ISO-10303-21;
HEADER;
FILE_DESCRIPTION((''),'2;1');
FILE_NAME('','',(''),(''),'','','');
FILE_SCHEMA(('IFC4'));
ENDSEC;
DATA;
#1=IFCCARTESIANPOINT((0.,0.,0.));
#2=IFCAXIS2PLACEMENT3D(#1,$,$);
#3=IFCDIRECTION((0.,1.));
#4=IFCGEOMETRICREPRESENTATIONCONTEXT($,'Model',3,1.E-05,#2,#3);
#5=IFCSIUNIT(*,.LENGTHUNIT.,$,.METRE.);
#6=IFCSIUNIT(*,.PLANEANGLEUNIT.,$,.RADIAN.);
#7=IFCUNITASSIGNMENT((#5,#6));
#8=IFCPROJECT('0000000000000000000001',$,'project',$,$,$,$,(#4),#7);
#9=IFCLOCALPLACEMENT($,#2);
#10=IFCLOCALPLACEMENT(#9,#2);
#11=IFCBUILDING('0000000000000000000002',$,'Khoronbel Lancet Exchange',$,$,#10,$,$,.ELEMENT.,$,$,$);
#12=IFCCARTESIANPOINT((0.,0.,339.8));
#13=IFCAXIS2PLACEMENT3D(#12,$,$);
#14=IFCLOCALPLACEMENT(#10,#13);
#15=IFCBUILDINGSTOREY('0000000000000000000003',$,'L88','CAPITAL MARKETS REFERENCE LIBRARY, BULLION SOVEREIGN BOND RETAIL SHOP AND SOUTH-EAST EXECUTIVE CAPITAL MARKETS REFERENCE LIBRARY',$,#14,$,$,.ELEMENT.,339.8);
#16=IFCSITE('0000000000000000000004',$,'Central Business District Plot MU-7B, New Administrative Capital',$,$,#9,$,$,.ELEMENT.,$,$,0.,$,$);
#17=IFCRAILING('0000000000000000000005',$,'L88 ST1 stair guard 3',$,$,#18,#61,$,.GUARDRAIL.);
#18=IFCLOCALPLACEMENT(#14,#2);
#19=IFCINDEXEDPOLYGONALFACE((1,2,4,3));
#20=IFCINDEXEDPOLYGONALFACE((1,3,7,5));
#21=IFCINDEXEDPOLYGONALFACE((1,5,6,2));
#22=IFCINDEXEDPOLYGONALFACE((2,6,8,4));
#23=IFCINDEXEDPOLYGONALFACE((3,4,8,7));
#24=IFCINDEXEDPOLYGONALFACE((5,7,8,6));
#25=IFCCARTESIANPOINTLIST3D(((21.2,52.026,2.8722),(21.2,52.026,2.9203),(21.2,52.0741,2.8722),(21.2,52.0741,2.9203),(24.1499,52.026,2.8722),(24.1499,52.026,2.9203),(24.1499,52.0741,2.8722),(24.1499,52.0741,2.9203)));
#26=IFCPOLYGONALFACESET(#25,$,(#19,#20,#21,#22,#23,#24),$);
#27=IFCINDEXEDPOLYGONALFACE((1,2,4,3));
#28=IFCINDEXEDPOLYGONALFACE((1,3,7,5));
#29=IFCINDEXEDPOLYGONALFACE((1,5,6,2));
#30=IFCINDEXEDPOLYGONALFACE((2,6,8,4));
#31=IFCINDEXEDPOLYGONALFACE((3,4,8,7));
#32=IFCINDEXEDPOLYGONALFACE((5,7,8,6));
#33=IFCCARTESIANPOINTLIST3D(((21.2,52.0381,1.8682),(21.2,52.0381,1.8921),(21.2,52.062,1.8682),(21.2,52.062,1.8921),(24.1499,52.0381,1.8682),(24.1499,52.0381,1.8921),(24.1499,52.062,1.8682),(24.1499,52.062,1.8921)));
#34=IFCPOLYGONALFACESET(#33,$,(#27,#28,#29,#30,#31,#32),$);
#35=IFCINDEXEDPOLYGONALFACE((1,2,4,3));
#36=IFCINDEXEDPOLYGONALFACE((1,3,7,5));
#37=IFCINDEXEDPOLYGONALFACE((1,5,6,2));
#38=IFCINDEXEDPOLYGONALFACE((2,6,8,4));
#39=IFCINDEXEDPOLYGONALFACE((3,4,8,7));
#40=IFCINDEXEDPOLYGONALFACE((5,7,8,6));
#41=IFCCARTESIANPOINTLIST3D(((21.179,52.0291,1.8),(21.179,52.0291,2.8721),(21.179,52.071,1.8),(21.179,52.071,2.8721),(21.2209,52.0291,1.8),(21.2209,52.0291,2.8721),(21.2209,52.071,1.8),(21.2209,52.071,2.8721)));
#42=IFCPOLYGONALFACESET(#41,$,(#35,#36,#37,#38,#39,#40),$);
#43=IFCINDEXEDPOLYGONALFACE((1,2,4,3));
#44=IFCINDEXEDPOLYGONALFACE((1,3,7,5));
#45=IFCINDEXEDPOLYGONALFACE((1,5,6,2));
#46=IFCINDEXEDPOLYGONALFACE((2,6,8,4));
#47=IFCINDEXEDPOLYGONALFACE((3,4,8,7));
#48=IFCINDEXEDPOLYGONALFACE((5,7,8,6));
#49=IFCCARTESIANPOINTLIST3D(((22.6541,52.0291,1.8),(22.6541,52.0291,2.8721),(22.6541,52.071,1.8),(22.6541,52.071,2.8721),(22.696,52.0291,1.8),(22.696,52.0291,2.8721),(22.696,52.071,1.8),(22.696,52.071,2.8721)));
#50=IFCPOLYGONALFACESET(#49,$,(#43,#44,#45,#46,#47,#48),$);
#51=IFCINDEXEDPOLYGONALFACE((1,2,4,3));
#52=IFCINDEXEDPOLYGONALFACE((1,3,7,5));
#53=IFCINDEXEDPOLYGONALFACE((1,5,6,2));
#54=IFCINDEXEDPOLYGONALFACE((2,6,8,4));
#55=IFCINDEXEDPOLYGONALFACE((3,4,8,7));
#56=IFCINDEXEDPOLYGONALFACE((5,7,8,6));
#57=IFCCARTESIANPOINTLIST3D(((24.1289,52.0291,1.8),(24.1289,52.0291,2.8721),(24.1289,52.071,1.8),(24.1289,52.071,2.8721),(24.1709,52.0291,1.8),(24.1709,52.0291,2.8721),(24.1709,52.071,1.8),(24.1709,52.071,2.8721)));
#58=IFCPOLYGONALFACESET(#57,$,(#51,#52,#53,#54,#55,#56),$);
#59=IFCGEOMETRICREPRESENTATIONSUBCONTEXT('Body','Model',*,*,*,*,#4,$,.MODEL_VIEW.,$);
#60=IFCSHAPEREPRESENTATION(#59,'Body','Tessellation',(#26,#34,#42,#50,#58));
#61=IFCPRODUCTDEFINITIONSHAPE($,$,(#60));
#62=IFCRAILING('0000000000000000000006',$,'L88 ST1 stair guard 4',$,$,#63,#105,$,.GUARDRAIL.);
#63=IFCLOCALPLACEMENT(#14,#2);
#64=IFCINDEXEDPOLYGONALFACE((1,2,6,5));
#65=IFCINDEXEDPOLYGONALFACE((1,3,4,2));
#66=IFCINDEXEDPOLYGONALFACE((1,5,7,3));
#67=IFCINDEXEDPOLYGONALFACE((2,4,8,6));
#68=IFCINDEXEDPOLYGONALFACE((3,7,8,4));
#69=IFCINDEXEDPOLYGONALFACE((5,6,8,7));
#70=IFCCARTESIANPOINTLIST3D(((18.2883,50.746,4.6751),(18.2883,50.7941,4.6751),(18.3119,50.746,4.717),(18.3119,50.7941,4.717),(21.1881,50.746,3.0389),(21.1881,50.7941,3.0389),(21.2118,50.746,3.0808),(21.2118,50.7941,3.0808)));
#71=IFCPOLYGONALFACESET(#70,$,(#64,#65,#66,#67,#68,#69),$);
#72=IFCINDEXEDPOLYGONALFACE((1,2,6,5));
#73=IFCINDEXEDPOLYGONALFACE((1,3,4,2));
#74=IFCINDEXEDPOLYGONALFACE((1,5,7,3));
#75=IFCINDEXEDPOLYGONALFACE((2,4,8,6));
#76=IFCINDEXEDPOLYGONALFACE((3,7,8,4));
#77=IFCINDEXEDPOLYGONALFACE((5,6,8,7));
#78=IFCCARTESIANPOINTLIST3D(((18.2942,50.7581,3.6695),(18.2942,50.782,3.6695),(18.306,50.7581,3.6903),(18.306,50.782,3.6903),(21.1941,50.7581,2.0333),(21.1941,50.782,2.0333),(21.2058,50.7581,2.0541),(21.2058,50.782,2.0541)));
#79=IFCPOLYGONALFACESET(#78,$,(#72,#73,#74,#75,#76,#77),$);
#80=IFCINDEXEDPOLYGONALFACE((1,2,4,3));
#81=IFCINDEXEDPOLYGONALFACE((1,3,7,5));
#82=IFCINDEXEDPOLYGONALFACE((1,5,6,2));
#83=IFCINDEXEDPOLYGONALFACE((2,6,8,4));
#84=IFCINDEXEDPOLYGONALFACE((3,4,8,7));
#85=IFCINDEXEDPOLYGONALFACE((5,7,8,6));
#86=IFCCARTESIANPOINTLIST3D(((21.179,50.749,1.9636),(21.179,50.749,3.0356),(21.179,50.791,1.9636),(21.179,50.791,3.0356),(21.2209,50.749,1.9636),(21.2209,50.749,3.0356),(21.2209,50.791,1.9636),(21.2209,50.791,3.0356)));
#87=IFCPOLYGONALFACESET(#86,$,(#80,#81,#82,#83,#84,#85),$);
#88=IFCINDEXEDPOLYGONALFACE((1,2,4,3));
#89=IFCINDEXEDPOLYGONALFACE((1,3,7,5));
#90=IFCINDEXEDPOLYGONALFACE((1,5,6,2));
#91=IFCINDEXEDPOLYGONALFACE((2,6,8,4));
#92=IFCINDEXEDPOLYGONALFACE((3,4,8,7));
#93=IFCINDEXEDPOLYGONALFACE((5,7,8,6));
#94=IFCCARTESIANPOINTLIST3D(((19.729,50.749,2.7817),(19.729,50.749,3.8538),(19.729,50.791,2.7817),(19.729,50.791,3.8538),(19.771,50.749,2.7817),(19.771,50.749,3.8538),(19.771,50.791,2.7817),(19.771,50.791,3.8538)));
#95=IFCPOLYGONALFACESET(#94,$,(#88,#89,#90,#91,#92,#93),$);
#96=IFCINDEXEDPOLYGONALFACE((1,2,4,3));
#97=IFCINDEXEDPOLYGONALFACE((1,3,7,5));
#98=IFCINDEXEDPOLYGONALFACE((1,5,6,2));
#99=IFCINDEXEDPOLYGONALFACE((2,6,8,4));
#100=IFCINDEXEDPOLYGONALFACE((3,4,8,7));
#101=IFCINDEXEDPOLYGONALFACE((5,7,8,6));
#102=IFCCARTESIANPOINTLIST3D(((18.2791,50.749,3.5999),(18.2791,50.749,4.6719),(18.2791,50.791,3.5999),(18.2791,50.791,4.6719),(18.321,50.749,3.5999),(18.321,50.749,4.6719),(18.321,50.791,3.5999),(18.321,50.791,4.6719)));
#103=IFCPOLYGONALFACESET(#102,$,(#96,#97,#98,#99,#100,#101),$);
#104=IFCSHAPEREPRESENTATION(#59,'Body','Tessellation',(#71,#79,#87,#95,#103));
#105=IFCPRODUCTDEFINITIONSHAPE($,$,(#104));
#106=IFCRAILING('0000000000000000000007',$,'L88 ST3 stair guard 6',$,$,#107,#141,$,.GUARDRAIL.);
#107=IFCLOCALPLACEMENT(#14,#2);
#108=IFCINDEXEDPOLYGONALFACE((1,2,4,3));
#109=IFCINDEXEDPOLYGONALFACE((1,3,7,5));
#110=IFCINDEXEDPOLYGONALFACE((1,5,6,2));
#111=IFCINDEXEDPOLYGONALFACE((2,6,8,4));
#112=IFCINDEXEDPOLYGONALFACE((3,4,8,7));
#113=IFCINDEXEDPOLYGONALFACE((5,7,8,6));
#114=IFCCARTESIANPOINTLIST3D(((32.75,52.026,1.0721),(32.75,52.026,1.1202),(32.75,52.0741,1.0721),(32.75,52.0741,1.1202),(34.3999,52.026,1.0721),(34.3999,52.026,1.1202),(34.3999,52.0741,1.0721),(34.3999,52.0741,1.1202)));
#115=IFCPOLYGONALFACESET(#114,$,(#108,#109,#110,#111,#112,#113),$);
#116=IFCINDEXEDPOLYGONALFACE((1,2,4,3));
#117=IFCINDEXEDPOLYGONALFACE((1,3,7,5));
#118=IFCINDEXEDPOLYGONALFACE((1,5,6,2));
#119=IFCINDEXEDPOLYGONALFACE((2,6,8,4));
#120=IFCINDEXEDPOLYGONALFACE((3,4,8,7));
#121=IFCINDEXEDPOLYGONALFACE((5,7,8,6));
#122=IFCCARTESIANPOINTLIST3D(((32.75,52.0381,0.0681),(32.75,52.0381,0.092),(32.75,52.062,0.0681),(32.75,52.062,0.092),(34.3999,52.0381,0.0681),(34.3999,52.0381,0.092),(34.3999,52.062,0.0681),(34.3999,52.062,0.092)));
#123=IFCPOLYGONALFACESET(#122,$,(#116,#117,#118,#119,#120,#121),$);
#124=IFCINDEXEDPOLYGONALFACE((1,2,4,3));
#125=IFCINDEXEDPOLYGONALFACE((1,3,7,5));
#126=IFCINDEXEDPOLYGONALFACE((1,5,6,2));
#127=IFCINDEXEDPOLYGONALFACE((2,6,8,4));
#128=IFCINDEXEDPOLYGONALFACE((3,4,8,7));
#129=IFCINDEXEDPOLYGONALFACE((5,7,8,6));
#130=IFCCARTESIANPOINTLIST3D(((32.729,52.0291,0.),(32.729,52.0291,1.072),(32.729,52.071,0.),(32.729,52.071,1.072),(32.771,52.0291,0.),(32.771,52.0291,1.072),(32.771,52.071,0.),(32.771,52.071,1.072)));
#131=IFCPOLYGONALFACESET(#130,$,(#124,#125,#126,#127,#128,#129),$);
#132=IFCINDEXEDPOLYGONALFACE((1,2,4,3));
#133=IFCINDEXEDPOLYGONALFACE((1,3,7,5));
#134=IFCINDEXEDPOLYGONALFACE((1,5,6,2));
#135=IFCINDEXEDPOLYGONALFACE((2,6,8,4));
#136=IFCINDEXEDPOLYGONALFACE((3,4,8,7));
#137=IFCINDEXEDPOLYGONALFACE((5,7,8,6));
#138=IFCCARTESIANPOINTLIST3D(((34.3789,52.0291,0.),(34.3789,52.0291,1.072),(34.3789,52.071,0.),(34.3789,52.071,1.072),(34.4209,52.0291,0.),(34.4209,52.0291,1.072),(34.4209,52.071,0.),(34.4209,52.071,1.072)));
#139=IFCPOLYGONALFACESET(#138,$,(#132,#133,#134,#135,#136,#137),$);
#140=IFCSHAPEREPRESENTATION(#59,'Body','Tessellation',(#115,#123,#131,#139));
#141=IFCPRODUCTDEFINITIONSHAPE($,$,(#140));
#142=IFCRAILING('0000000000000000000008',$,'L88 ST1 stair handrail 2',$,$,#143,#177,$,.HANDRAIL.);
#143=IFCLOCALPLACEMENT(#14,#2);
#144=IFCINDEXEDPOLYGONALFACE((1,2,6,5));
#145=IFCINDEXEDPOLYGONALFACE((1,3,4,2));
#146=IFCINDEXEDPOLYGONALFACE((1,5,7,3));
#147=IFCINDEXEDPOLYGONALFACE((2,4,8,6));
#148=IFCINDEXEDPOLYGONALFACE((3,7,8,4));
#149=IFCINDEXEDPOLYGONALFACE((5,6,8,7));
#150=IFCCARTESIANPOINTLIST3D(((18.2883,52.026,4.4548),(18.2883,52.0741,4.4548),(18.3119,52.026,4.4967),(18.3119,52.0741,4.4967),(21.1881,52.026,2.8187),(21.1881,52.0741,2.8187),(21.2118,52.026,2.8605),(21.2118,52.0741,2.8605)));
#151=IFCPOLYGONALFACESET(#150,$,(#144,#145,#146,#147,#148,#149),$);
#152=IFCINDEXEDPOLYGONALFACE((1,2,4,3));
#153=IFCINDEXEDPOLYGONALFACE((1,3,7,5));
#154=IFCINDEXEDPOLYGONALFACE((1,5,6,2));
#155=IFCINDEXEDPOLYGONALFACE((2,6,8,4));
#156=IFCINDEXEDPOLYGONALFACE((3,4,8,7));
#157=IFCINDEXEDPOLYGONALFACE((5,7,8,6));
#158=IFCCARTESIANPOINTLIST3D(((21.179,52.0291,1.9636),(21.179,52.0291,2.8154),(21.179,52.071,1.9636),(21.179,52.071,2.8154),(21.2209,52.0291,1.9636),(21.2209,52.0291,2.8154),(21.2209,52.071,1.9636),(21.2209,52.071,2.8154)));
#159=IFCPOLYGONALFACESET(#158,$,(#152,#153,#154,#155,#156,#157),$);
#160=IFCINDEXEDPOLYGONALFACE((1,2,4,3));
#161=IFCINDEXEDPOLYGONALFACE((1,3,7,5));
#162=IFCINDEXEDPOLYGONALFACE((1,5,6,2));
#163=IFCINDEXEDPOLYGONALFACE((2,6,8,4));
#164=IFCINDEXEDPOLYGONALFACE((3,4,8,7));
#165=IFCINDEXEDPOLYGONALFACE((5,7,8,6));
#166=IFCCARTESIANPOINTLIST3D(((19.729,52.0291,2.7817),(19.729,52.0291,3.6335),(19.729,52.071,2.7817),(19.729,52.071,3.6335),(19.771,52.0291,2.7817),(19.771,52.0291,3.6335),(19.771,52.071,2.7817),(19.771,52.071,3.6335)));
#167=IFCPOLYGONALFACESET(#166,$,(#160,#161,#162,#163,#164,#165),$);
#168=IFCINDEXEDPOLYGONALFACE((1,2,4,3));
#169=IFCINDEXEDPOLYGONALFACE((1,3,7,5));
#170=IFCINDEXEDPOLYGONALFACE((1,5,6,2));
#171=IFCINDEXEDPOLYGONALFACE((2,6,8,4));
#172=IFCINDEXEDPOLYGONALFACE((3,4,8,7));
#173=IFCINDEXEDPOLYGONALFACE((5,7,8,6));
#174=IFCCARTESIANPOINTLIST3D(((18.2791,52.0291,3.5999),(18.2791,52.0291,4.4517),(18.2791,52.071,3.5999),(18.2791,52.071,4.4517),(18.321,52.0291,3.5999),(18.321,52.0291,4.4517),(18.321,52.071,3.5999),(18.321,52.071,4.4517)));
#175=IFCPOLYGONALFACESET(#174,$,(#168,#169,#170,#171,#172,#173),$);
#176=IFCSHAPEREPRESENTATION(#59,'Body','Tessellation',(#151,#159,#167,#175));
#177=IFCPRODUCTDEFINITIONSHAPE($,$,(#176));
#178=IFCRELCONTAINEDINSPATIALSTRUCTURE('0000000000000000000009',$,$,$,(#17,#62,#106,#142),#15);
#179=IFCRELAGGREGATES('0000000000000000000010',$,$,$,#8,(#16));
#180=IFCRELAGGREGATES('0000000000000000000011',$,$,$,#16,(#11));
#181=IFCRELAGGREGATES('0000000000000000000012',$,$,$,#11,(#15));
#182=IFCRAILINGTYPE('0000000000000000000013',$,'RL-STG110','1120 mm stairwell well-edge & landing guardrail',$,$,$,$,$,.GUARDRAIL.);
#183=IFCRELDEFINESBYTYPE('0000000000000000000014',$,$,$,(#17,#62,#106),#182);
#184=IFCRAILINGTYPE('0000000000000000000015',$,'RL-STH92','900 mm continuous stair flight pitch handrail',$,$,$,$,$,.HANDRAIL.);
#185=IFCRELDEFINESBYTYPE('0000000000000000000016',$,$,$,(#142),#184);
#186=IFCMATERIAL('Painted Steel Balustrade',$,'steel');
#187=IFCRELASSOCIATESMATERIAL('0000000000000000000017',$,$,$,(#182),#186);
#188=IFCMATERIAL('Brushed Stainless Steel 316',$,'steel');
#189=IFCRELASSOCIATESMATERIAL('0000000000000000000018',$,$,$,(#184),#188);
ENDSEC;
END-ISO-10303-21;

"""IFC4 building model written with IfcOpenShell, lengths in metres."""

from ifc_helpers import new_model, si_unit, direction, frame, origin, origin_2d, place, context, subcontext, project, spatial, rectangle, extrude, material, type_object, element, save


model = new_model("IFC4")

# Units and contexts
model_context = context("Model", 3, precision=1e-05, world=origin(), true_north=direction((0.0, 1.0)))
body_context = subcontext(model_context, "Body", "Model", "MODEL_VIEW")
ifc_project = project(units=[si_unit("LENGTHUNIT", "METRE"), si_unit("PLANEANGLEUNIT", "RADIAN")], contexts=[model_context])

# Site, building, storey
site_placement = place(None, origin())
site = spatial("IfcSite", under=ifc_project, at=site_placement, Name="Central Business District Plot MU-7B, New Administrative Capital", CompositionType="ELEMENT", RefElevation=0.0)
building_placement = place(site_placement, origin())
building = spatial("IfcBuilding", under=site, at=building_placement, Name="Khoronbel Lancet Exchange", CompositionType="ELEMENT")
storey_placement = place(building_placement, frame((0.0, 0.0, 339.8)))
storey = spatial("IfcBuildingStorey", under=building, at=storey_placement, Name="L88", Description="CAPITAL MARKETS REFERENCE LIBRARY, BULLION SOVEREIGN BOND RETAIL SHOP AND SOUTH-EAST EXECUTIVE CAPITAL MARKETS REFERENCE LIBRARY", CompositionType="ELEMENT", Elevation=339.8)

# Railings
ifc_material_1 = material(Name="Painted Steel Balustrade", Category="steel")
railing_type_1 = type_object("IfcRailingType", Name="RL-STG110", Description="1120 mm stairwell well-edge & landing guardrail", PredefinedType="GUARDRAIL", material=ifc_material_1)
railing_1_placement = place(storey_placement, frame((21.2, 52.05, 1.8)))
element("IfcRailing", 1, at=railing_1_placement, inside=storey, type_object=railing_type_1, Name="L88 ST1 stair guard 3", PredefinedType="GUARDRAIL", context=body_context, shape_type="SweptSolid", body=[
    extrude(rectangle(XDim=0.0481, YDim=0.0481, at=origin_2d()), frame((0.0, 0.0, 1.0962), z_axis=(1.0, 0.0, 0.0), x_axis=(0.0, 1.0, 0.0)), (0.0, 0.0, 1.0), 2.95),
    extrude(rectangle(XDim=0.0239, YDim=0.0239, at=origin_2d()), frame((0.0, 0.0, 0.0801), z_axis=(1.0, 0.0, 0.0), x_axis=(0.0, 1.0, 0.0)), (0.0, 0.0, 1.0), 2.95),
    extrude(rectangle(XDim=0.042, YDim=0.042, at=origin_2d()), origin(), (0.0, 0.0, 1.0), 1.072),
    extrude(rectangle(XDim=0.042, YDim=0.042, at=origin_2d()), frame((1.4751, 0.0, 0.0)), (0.0, 0.0, 1.0), 1.072),
    extrude(rectangle(XDim=0.042, YDim=0.042, at=origin_2d()), frame((2.95, 0.0, 0.0)), (0.0, 0.0, 1.0), 1.072),
])
railing_2_placement = place(storey_placement, frame((21.2, 50.77, 1.9636)))
element("IfcRailing", 2, at=railing_2_placement, inside=storey, type_object=railing_type_1, Name="L88 ST1 stair guard 4", PredefinedType="GUARDRAIL", context=body_context, shape_type="SweptSolid", body=[
    extrude(rectangle(XDim=0.0481, YDim=0.0481, at=origin_2d()), frame((0.0, 0.0, 1.0962), z_axis=(-0.870929, 0.0, 0.49141), x_axis=(0.0, -1.0, 0.0)), (0.0, 0.0, 1.0), 3.3296),
    extrude(rectangle(XDim=0.0239, YDim=0.0239, at=origin_2d()), frame((0.0, 0.0, 0.0801), z_axis=(-0.870929, 0.0, 0.49141), x_axis=(0.0, -1.0, 0.0)), (0.0, 0.0, 1.0), 3.3296),
    extrude(rectangle(XDim=0.042, YDim=0.042, at=origin_2d()), origin(), (0.0, 0.0, 1.0), 1.072),
    extrude(rectangle(XDim=0.042, YDim=0.042, at=origin_2d()), frame((-1.45, 0.0, 0.8181)), (0.0, 0.0, 1.0), 1.072),
    extrude(rectangle(XDim=0.042, YDim=0.042, at=origin_2d()), frame((-2.8999, 0.0, 1.6362)), (0.0, 0.0, 1.0), 1.072),
])
railing_3_placement = place(storey_placement, frame((32.75, 52.05, 0.0)))
element("IfcRailing", 3, at=railing_3_placement, inside=storey, type_object=railing_type_1, Name="L88 ST3 stair guard 6", PredefinedType="GUARDRAIL", context=body_context, shape_type="SweptSolid", body=[
    extrude(rectangle(XDim=0.0481, YDim=0.0481, at=origin_2d()), frame((0.0, 0.0, 1.0962), z_axis=(1.0, 0.0, 0.0), x_axis=(0.0, 1.0, 0.0)), (0.0, 0.0, 1.0), 1.6499),
    extrude(rectangle(XDim=0.0239, YDim=0.0239, at=origin_2d()), frame((0.0, 0.0, 0.0801), z_axis=(1.0, 0.0, 0.0), x_axis=(0.0, 1.0, 0.0)), (0.0, 0.0, 1.0), 1.6499),
    extrude(rectangle(XDim=0.042, YDim=0.042, at=origin_2d()), origin(), (0.0, 0.0, 1.0), 1.072),
    extrude(rectangle(XDim=0.042, YDim=0.042, at=origin_2d()), frame((1.6499, 0.0, 0.0)), (0.0, 0.0, 1.0), 1.072),
])
ifc_material_2 = material(Name="Brushed Stainless Steel 316", Category="steel")
railing_type_2 = type_object("IfcRailingType", Name="RL-STH92", Description="900 mm continuous stair flight pitch handrail", PredefinedType="HANDRAIL", material=ifc_material_2)
railing_4_placement = place(storey_placement, frame((21.2, 52.05, 1.9636)))
element("IfcRailing", 4, at=railing_4_placement, inside=storey, type_object=railing_type_2, Name="L88 ST1 stair handrail 2", PredefinedType="HANDRAIL", context=body_context, shape_type="SweptSolid", body=[
    extrude(rectangle(XDim=0.0481, YDim=0.0481, at=origin_2d()), frame((0.0, 0.0, 0.876), z_axis=(-0.870929, 0.0, 0.49141), x_axis=(0.0, -1.0, 0.0)), (0.0, 0.0, 1.0), 3.3296),
    extrude(rectangle(XDim=0.042, YDim=0.042, at=origin_2d()), origin(), (0.0, 0.0, 1.0), 0.8518),
    extrude(rectangle(XDim=0.042, YDim=0.042, at=origin_2d()), frame((-1.45, 0.0, 0.8181)), (0.0, 0.0, 1.0), 0.8518),
    extrude(rectangle(XDim=0.042, YDim=0.042, at=origin_2d()), frame((-2.8999, 0.0, 1.6362)), (0.0, 0.0, 1.0), 0.8518),
])

save(model, "model.ifc")
